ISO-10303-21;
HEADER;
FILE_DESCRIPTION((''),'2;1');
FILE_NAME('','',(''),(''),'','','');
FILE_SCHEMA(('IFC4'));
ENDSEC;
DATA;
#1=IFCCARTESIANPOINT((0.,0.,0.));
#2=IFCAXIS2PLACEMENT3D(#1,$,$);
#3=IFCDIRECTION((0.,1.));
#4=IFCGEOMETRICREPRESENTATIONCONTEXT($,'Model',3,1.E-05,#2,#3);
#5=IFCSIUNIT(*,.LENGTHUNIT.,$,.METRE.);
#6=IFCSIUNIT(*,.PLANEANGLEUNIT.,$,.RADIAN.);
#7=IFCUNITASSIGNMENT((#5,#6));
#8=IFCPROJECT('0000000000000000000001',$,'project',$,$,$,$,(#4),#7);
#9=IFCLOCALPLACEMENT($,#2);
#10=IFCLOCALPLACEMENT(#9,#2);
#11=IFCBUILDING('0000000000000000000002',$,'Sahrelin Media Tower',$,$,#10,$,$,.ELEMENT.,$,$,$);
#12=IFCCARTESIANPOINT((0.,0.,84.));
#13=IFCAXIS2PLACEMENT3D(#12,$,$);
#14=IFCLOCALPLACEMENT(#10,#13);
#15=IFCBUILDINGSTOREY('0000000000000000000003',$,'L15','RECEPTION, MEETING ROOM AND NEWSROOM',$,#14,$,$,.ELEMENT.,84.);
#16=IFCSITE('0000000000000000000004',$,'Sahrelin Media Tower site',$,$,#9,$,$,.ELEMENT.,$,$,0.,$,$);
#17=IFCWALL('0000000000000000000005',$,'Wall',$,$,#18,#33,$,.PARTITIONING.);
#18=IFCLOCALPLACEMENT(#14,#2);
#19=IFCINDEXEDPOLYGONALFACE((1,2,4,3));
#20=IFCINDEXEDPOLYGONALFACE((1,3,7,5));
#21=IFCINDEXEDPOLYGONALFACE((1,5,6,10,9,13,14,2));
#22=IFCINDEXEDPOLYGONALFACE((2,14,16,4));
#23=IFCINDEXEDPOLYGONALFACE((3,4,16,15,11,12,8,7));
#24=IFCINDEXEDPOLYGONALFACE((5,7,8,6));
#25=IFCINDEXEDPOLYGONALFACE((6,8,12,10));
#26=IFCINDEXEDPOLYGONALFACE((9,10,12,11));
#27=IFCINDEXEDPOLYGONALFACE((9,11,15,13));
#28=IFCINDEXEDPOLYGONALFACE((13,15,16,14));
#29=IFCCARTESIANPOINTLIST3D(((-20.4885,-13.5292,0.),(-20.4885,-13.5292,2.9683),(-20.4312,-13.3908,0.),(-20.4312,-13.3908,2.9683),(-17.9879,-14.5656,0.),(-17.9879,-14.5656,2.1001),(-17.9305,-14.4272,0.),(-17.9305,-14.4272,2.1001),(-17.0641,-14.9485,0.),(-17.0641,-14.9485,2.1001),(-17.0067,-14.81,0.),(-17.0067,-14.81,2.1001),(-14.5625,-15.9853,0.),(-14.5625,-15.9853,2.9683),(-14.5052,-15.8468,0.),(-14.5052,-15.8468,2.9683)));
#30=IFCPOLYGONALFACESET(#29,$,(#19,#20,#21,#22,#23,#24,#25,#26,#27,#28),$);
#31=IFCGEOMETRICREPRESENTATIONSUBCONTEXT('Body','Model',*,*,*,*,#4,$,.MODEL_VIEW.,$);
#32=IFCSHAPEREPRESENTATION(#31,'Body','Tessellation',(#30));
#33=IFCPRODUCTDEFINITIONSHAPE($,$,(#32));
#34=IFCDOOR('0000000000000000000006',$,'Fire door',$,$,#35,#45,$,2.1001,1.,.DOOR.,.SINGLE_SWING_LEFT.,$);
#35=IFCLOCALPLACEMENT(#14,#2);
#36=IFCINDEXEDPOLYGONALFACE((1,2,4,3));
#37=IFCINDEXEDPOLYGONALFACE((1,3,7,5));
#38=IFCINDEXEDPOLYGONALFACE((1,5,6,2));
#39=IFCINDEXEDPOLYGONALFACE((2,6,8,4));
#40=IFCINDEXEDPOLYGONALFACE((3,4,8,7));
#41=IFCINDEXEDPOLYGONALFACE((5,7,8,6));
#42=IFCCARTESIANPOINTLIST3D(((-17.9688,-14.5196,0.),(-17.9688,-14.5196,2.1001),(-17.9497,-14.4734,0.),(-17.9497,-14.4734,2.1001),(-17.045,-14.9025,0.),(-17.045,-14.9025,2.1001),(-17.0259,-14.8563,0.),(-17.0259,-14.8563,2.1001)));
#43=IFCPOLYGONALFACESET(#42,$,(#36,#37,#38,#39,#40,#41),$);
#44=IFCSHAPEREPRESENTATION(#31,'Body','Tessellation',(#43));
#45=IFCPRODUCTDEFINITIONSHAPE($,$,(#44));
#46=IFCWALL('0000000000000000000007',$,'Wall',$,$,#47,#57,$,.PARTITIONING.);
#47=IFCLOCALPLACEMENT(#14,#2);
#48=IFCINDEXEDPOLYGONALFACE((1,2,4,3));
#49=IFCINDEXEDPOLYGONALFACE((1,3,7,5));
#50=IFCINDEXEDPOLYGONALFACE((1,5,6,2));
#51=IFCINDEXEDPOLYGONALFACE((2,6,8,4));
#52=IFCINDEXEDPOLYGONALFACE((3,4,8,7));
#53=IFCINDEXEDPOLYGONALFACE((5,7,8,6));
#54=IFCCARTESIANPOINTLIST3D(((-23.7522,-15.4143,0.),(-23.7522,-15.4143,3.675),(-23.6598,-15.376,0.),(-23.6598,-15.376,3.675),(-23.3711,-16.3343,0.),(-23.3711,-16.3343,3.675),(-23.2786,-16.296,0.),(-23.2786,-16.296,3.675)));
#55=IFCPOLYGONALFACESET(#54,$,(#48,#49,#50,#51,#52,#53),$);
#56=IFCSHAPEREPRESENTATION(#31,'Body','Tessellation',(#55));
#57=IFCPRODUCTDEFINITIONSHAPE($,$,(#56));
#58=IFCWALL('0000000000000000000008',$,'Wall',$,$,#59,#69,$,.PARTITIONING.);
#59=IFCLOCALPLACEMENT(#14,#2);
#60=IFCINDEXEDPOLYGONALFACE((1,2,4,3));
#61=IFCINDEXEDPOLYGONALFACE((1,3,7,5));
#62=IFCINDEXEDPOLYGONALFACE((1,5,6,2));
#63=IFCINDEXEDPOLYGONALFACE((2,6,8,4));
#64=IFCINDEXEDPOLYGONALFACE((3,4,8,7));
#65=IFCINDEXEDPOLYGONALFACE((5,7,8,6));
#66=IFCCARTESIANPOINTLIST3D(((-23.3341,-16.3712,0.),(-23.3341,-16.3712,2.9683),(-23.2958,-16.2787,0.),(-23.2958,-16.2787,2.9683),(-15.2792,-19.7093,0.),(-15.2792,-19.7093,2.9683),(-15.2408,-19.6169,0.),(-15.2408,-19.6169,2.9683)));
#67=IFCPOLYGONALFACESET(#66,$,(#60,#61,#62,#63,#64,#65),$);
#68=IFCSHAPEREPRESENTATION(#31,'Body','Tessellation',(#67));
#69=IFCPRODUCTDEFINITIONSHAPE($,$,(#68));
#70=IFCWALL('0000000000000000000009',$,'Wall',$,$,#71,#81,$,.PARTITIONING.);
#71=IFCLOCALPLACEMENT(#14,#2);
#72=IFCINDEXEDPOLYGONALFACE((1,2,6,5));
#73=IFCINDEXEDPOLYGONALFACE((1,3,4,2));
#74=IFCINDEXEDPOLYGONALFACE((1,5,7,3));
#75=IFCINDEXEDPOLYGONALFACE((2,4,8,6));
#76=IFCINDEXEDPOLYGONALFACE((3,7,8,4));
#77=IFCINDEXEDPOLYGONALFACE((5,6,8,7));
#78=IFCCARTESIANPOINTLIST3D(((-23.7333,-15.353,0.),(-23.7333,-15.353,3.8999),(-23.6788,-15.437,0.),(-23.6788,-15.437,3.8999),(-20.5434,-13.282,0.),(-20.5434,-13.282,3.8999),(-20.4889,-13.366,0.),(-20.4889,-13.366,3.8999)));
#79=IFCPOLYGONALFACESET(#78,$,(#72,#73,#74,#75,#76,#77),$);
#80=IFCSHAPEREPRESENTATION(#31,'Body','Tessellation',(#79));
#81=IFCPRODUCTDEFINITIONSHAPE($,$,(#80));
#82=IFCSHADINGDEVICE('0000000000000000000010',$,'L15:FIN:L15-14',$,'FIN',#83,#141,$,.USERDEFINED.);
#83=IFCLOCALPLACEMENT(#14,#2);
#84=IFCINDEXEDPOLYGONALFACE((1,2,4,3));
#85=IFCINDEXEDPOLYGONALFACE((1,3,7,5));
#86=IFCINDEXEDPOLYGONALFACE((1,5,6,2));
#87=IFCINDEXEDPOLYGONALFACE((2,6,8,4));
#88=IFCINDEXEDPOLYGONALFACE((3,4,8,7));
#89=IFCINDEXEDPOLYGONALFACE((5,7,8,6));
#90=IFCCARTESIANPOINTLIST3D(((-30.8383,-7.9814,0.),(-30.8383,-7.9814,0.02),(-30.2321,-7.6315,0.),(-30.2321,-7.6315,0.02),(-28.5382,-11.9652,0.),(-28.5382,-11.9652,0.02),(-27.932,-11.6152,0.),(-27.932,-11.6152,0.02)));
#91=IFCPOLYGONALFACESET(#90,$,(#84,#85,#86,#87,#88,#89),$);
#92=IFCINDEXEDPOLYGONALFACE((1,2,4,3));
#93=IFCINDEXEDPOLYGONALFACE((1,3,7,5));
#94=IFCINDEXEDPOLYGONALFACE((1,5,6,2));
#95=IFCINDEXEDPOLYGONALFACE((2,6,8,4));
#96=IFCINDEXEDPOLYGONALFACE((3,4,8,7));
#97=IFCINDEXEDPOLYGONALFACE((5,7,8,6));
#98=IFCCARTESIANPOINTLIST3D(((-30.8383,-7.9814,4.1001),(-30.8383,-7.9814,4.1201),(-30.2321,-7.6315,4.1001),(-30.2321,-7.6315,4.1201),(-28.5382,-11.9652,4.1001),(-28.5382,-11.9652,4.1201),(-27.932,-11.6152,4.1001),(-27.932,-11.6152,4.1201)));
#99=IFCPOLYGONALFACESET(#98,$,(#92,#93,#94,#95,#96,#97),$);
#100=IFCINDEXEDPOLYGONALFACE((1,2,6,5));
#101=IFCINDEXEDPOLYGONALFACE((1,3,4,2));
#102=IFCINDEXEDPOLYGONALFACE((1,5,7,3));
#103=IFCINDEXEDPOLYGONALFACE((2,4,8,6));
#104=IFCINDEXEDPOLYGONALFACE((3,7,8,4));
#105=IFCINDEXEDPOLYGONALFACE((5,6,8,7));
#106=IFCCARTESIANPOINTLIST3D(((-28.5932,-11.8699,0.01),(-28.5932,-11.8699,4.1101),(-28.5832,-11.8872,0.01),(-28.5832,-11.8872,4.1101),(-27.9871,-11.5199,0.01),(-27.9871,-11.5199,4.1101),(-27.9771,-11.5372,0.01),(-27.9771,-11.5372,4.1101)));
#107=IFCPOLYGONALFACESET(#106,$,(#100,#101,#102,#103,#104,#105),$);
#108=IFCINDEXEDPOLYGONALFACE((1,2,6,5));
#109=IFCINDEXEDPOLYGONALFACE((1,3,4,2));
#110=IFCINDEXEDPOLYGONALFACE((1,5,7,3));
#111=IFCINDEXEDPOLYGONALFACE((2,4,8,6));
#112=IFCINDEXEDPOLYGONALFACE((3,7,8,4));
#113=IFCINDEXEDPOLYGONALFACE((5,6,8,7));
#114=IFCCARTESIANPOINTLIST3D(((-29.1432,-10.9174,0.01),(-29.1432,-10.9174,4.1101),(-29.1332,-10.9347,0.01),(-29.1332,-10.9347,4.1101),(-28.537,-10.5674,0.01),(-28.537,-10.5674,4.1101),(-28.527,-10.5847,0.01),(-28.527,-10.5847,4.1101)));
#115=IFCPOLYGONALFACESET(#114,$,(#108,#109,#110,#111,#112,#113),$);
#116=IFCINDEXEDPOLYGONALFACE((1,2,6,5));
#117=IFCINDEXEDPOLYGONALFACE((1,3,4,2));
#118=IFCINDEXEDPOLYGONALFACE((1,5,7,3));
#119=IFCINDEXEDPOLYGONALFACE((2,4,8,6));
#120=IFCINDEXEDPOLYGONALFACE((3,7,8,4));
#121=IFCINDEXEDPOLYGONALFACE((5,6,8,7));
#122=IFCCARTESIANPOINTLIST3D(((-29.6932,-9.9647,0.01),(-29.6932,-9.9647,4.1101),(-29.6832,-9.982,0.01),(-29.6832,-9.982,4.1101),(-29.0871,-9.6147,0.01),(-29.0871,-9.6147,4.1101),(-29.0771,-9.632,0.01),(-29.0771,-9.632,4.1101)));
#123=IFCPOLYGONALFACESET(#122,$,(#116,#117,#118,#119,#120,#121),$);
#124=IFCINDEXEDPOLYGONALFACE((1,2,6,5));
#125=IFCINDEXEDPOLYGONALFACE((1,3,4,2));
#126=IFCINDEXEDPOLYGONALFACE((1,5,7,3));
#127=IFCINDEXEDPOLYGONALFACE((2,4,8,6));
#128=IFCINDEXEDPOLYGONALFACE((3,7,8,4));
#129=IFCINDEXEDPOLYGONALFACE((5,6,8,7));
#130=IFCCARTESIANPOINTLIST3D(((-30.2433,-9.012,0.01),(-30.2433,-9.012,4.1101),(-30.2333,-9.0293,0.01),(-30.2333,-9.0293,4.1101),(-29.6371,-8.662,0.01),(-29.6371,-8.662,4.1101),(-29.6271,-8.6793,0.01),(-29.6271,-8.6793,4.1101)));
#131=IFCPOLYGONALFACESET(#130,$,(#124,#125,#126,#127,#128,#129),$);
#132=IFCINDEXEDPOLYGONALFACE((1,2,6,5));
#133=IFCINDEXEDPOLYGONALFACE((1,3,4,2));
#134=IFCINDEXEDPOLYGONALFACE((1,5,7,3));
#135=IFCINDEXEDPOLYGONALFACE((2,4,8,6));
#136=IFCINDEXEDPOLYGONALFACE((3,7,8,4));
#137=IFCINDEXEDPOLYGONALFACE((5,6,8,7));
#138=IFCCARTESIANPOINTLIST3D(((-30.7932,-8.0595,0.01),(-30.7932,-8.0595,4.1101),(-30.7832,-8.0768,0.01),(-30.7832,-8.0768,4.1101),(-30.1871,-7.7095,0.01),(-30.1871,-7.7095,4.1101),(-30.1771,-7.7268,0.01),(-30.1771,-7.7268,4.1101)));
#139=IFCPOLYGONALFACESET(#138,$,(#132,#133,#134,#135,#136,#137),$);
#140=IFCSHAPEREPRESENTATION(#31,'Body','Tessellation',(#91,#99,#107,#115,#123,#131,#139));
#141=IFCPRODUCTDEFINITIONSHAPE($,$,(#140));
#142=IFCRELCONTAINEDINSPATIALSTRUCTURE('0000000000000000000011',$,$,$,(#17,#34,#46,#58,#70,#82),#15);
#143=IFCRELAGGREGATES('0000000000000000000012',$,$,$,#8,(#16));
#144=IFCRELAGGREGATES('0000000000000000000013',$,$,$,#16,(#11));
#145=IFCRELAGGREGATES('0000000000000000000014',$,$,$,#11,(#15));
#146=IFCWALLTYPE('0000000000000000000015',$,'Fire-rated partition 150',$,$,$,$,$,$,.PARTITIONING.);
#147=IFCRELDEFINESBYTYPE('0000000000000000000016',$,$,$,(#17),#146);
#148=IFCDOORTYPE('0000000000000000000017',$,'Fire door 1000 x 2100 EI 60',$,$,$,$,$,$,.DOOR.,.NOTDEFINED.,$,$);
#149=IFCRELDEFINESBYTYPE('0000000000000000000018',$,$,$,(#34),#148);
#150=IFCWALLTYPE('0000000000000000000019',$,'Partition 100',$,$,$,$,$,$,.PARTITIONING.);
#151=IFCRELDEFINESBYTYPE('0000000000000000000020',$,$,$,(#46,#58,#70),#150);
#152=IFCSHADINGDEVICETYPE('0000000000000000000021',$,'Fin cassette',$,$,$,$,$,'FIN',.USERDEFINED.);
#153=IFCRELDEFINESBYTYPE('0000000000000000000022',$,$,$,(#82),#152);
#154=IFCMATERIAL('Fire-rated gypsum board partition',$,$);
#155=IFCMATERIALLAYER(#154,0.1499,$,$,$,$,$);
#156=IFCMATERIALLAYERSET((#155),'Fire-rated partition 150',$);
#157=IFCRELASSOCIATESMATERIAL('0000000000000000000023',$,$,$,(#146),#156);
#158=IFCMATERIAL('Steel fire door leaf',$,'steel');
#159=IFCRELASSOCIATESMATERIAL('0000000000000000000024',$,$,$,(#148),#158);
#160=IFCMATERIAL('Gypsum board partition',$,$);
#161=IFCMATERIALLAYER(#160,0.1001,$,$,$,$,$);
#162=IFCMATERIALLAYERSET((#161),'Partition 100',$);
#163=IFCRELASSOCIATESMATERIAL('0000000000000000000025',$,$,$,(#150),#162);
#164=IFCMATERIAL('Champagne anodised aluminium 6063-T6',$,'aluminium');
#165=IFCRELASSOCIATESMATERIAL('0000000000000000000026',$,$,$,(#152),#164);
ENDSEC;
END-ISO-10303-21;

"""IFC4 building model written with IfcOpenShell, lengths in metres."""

from ifc_helpers import new_model, si_unit, direction, frame, frame_2d, origin, origin_2d, place, context, subcontext, project, spatial, rectangle, extrude, material, layer, layer_set, type_object, element, fill, save


model = new_model("IFC4")

# Units and contexts
model_context = context("Model", 3, precision=1e-05, world=origin(), true_north=direction((0.0, 1.0)))
body_context = subcontext(model_context, "Body", "Model", "MODEL_VIEW")
ifc_project = project(units=[si_unit("LENGTHUNIT", "METRE"), si_unit("PLANEANGLEUNIT", "RADIAN")], contexts=[model_context])

# Site, building, storey
site_placement = place(None, origin())
site = spatial("IfcSite", under=ifc_project, at=site_placement, Name="Sahrelin Media Tower site", CompositionType="ELEMENT", RefElevation=0.0)
building_placement = place(site_placement, origin())
building = spatial("IfcBuilding", under=site, at=building_placement, Name="Sahrelin Media Tower", CompositionType="ELEMENT")
storey_placement = place(building_placement, frame((0.0, 0.0, 84.0)))
storey = spatial("IfcBuildingStorey", under=building, at=storey_placement, Name="L15", Description="RECEPTION, MEETING ROOM AND NEWSROOM", CompositionType="ELEMENT", Elevation=84.0)

# Shared definitions
ifc_material_1 = material(Name="Champagne anodised aluminium 6063-T6", Category="aluminium")

# Wall, opening, door
ifc_material_2 = material(Name="Fire-rated gypsum board partition")
ifc_layer_1 = layer(ifc_material_2, 0.1499)
ifc_layer_set_1 = layer_set([ifc_layer_1], Name="Fire-rated partition 150")
wall_type_1 = type_object("IfcWallType", Name="Fire-rated partition 150", PredefinedType="PARTITIONING", material=ifc_layer_set_1)
wall_1_placement = place(storey_placement, frame((-20.46, -13.46, 0.0), z_axis=(0.0, 0.0, 1.0), x_axis=(0.923802, -0.382872, 0.0)))
wall_1 = element("IfcWall", 1, at=wall_1_placement, inside=storey, type_object=wall_type_1, Name="Wall", PredefinedType="PARTITIONING", context=body_context, shape_type="SweptSolid", body=[
    extrude(rectangle(XDim=6.4148, YDim=0.1499, at=frame_2d((3.2075, 0.0))), origin(), (0.0, 0.0, 1.0), 2.9683),
])
opening_placement = place(wall_1_placement, frame((2.707, 0.0, 0.0)))
opening = element("IfcOpeningElement", 2, at=opening_placement, cuts=wall_1, PredefinedType="OPENING", context=body_context, shape_type="SweptSolid", body=[
    extrude(rectangle(XDim=1.0, YDim=2.1001, at=frame_2d((0.5, 1.05))), frame((0.0, 0.075, 0.0), z_axis=(0.0, -1.0, 0.0), x_axis=(1.0, 0.0, 0.0)), (0.0, 0.0, 1.0), 0.1499),
])
ifc_material_3 = material(Name="Steel fire door leaf", Category="steel")
door_type = type_object("IfcDoorType", Name="Fire door 1000 x 2100 EI 60", OperationType="NOTDEFINED", PredefinedType="DOOR", material=ifc_material_3)
door_placement = place(opening_placement, origin())
door = element("IfcDoor", 3, at=door_placement, inside=storey, type_object=door_type, Name="Fire door", OperationType="SINGLE_SWING_LEFT", OverallHeight=2.1001, OverallWidth=1.0, PredefinedType="DOOR", context=body_context, shape_type="SweptSolid", body=[
    extrude(rectangle(XDim=1.0, YDim=2.1001, at=frame_2d((0.5, 1.05))), frame((0.0, 0.0249, 0.0), z_axis=(0.0, -1.0, 0.0), x_axis=(1.0, 0.0, 0.0)), (0.0, 0.0, 1.0), 0.05),
])
fill(opening, door)

# Walls
ifc_material_4 = material(Name="Gypsum board partition")
ifc_layer_2 = layer(ifc_material_4, 0.1001)
ifc_layer_set_2 = layer_set([ifc_layer_2], Name="Partition 100")
wall_type_2 = type_object("IfcWallType", Name="Partition 100", PredefinedType="PARTITIONING", material=ifc_layer_set_2)
wall_2_placement = place(storey_placement, frame((-23.7061, -15.395, 0.0), z_axis=(0.0, 0.0, 1.0), x_axis=(0.382734, -0.923858, 0.0)))
element("IfcWall", 4, at=wall_2_placement, inside=storey, type_object=wall_type_2, Name="Wall", PredefinedType="PARTITIONING", context=body_context, shape_type="SweptSolid", body=[
    extrude(rectangle(XDim=0.9958, YDim=0.1001, at=frame_2d((0.498, 0.0))), origin(), (0.0, 0.0, 1.0), 3.675),
])
wall_3_placement = place(storey_placement, frame((-23.3149, -16.325, 0.0), z_axis=(0.0, 0.0, 1.0), x_axis=(0.923812, -0.382847, 0.0)))
element("IfcWall", 5, at=wall_3_placement, inside=storey, type_object=wall_type_2, Name="Wall", PredefinedType="PARTITIONING", context=body_context, shape_type="SweptSolid", body=[
    extrude(rectangle(XDim=8.7192, YDim=0.1001, at=frame_2d((4.3596, 0.0))), origin(), (0.0, 0.0, 1.0), 2.9683),
])
wall_4_placement = place(storey_placement, frame((-23.7061, -15.395, 0.0), z_axis=(0.0, 0.0, 1.0), x_axis=(0.838734, 0.544542, 0.0)))
element("IfcWall", 6, at=wall_4_placement, inside=storey, type_object=wall_type_2, Name="Wall", PredefinedType="PARTITIONING", context=body_context, shape_type="SweptSolid", body=[
    extrude(rectangle(XDim=3.8032, YDim=0.1001, at=frame_2d((1.9016, 0.0))), origin(), (0.0, 0.0, 1.0), 3.8999),
])

# Shading device
shading_device_type_1 = type_object("IfcShadingDeviceType", Name="Fin cassette", ElementType="FIN", PredefinedType="USERDEFINED", material=ifc_material_1)
placement_1 = place(storey_placement, frame((-29.0215, -9.5884, 0.0), z_axis=(0.0, 0.0, 1.0), x_axis=(-0.500011, 0.866019, 0.0)))
element("IfcShadingDevice", 7, at=placement_1, inside=storey, type_object=shading_device_type_1, Name="L15:FIN:L15-14", ObjectType="FIN", PredefinedType="USERDEFINED", context=body_context, shape_type="SweptSolid", body=[
    extrude(rectangle(XDim=4.6001, YDim=0.7, at=origin_2d()), frame((0.0, 0.4199, 0.0)), (0.0, 0.0, 1.0), 0.02),
    extrude(rectangle(XDim=4.6001, YDim=0.7, at=origin_2d()), frame((0.0, 0.4199, 4.1001)), (0.0, 0.0, 1.0), 0.02),
    extrude(rectangle(XDim=0.02, YDim=0.7, at=origin_2d()), frame((-2.2, 0.4199, 0.01), z_axis=(0.0, 0.0, 1.0), x_axis=(1.0, 0.0, 0.0)), (0.0, 0.0, 1.0), 4.1001),
    extrude(rectangle(XDim=0.02, YDim=0.7, at=origin_2d()), frame((-1.1001, 0.4199, 0.01), z_axis=(0.0, 0.0, 1.0), x_axis=(1.0, 0.0, 0.0)), (0.0, 0.0, 1.0), 4.1001),
    extrude(rectangle(XDim=0.02, YDim=0.7, at=origin_2d()), frame((0.0, 0.4199, 0.01), z_axis=(0.0, 0.0, 1.0), x_axis=(1.0, 0.0, 0.0)), (0.0, 0.0, 1.0), 4.1001),
    extrude(rectangle(XDim=0.02, YDim=0.7, at=origin_2d()), frame((1.1001, 0.4199, 0.01), z_axis=(0.0, 0.0, 1.0), x_axis=(1.0, 0.0, 0.0)), (0.0, 0.0, 1.0), 4.1001),
    extrude(rectangle(XDim=0.02, YDim=0.7, at=origin_2d()), frame((2.2, 0.4199, 0.01), z_axis=(0.0, 0.0, 1.0), x_axis=(1.0, 0.0, 0.0)), (0.0, 0.0, 1.0), 4.1001),
])

save(model, "model.ifc")
